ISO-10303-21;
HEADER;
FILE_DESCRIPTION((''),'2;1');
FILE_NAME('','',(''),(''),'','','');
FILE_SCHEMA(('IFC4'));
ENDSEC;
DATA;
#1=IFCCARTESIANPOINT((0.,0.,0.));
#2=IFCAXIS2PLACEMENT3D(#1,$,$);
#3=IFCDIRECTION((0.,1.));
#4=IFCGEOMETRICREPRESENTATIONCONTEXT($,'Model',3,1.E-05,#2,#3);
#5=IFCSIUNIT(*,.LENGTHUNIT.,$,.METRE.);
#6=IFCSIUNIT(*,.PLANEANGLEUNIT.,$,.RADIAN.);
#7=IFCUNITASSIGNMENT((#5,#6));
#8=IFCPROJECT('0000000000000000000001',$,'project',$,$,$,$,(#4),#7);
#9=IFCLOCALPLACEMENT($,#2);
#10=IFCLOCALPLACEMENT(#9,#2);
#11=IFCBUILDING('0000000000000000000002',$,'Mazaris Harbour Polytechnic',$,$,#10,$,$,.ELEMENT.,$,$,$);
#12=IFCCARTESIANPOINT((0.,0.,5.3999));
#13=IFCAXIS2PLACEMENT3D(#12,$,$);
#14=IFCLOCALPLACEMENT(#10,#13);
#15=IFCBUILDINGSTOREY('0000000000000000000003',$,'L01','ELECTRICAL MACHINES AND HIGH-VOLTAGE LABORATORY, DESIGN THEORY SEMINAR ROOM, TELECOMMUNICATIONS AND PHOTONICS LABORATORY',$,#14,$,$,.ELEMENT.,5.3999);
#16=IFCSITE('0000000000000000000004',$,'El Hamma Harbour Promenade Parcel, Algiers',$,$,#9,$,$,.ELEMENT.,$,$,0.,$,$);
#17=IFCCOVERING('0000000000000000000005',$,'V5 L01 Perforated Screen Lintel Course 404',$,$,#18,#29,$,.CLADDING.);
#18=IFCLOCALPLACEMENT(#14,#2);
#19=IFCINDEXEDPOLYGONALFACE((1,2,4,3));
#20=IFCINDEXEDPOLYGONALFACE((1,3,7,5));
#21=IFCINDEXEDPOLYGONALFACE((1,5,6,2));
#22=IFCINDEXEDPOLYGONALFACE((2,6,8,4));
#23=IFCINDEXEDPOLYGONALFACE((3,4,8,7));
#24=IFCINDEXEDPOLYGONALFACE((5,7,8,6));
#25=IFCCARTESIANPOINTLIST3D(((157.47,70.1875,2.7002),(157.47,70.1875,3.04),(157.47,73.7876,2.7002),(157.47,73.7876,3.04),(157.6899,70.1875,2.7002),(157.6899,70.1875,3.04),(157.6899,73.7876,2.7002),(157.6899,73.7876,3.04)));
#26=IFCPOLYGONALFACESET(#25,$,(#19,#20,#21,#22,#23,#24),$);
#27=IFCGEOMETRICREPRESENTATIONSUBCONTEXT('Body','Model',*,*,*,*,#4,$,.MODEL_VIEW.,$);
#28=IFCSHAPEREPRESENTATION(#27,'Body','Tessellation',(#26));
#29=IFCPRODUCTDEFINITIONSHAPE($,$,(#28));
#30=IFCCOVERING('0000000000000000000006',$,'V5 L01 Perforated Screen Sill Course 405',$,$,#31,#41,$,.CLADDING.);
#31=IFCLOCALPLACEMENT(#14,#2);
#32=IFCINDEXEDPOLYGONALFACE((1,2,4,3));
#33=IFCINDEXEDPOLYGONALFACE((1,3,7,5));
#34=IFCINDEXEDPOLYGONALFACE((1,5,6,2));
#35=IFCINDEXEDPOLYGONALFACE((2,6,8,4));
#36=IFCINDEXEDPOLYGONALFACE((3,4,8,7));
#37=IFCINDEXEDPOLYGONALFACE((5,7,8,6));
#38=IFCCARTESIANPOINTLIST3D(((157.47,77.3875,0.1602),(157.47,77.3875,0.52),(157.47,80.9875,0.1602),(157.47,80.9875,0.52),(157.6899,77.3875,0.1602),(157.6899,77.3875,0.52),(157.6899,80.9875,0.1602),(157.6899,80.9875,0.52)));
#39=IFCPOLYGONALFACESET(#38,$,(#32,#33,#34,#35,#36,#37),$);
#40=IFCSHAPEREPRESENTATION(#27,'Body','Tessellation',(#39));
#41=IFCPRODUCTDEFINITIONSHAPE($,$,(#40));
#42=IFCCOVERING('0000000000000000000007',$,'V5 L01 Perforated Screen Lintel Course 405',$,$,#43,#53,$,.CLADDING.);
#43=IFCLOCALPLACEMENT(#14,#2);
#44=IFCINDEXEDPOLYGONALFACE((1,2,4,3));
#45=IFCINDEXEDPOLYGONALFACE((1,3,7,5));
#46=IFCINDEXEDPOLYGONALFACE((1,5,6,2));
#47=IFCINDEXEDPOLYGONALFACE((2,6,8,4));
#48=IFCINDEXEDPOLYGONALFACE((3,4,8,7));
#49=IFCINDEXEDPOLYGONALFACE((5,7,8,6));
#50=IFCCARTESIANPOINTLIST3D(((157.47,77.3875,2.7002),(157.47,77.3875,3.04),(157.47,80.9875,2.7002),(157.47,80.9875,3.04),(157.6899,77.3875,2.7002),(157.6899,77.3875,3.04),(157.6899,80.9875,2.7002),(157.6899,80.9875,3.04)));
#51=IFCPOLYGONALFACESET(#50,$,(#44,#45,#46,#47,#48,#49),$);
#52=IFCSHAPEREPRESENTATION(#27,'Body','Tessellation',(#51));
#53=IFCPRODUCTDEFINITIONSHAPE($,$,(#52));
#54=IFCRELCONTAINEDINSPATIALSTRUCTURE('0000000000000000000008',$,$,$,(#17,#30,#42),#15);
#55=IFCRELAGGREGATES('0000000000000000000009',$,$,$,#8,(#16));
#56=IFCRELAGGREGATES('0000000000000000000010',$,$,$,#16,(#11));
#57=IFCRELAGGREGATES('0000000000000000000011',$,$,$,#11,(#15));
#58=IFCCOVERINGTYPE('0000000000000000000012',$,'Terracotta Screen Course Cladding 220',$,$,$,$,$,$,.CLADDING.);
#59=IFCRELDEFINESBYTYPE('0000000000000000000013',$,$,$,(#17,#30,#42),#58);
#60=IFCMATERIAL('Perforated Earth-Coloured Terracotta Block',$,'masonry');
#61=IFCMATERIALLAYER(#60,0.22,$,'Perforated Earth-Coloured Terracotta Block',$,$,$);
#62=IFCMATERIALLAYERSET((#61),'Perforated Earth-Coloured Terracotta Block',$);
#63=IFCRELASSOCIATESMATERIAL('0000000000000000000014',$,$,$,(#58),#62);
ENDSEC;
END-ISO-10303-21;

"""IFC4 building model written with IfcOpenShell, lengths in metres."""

from ifc_helpers import new_model, si_unit, direction, frame, origin, place, context, subcontext, project, spatial, polyline, outline, extrude, material, layer, layer_set, type_object, element, save


model = new_model("IFC4")

# Units and contexts
model_context = context("Model", 3, precision=1e-05, world=origin(), true_north=direction((0.0, 1.0)))
body_context = subcontext(model_context, "Body", "Model", "MODEL_VIEW")
ifc_project = project(units=[si_unit("LENGTHUNIT", "METRE"), si_unit("PLANEANGLEUNIT", "RADIAN")], contexts=[model_context])

# Site, building, storey
site_placement = place(None, origin())
site = spatial("IfcSite", under=ifc_project, at=site_placement, Name="El Hamma Harbour Promenade Parcel, Algiers", CompositionType="ELEMENT", RefElevation=0.0)
building_placement = place(site_placement, origin())
building = spatial("IfcBuilding", under=site, at=building_placement, Name="Mazaris Harbour Polytechnic", CompositionType="ELEMENT")
storey_placement = place(building_placement, frame((0.0, 0.0, 5.3999)))
storey = spatial("IfcBuildingStorey", under=building, at=storey_placement, Name="L01", Description="ELECTRICAL MACHINES AND HIGH-VOLTAGE LABORATORY, DESIGN THEORY SEMINAR ROOM, TELECOMMUNICATIONS AND PHOTONICS LABORATORY", CompositionType="ELEMENT", Elevation=5.3999)

# Coverings
ifc_material_1 = material(Name="Perforated Earth-Coloured Terracotta Block", Category="masonry")
ifc_layer_1 = layer(ifc_material_1, 0.22, Name="Perforated Earth-Coloured Terracotta Block")
ifc_layer_set_1 = layer_set([ifc_layer_1], Name="Perforated Earth-Coloured Terracotta Block")
covering_type_1 = type_object("IfcCoveringType", Name="Terracotta Screen Course Cladding 220", PredefinedType="CLADDING", material=ifc_layer_set_1)
covering_1_placement = place(storey_placement, frame((0.0, 0.0, 2.7002)))
element("IfcCovering", 1, at=covering_1_placement, inside=storey, type_object=covering_type_1, Name="V5 L01 Perforated Screen Lintel Course 404", PredefinedType="CLADDING", context=body_context, shape_type="SweptSolid", body=[
    extrude(outline(polyline([(157.6899, 73.7876), (157.6899, 70.1875), (157.47, 70.1875), (157.47, 73.7876), (157.6899, 73.7876)])), origin(), (0.0, 0.0, 1.0), 0.3398),
])
covering_2_placement = place(storey_placement, frame((0.0, 0.0, 0.1602)))
element("IfcCovering", 2, at=covering_2_placement, inside=storey, type_object=covering_type_1, Name="V5 L01 Perforated Screen Sill Course 405", PredefinedType="CLADDING", context=body_context, shape_type="SweptSolid", body=[
    extrude(outline(polyline([(157.6899, 80.9875), (157.6899, 77.3875), (157.47, 77.3875), (157.47, 80.9875), (157.6899, 80.9875)])), origin(), (0.0, 0.0, 1.0), 0.3599),
])
covering_3_placement = place(storey_placement, frame((0.0, 0.0, 2.7002)))
element("IfcCovering", 3, at=covering_3_placement, inside=storey, type_object=covering_type_1, Name="V5 L01 Perforated Screen Lintel Course 405", PredefinedType="CLADDING", context=body_context, shape_type="SweptSolid", body=[
    extrude(outline(polyline([(157.6899, 80.9875), (157.6899, 77.3875), (157.47, 77.3875), (157.47, 80.9875), (157.6899, 80.9875)])), origin(), (0.0, 0.0, 1.0), 0.3398),
])

save(model, "model.ifc")
